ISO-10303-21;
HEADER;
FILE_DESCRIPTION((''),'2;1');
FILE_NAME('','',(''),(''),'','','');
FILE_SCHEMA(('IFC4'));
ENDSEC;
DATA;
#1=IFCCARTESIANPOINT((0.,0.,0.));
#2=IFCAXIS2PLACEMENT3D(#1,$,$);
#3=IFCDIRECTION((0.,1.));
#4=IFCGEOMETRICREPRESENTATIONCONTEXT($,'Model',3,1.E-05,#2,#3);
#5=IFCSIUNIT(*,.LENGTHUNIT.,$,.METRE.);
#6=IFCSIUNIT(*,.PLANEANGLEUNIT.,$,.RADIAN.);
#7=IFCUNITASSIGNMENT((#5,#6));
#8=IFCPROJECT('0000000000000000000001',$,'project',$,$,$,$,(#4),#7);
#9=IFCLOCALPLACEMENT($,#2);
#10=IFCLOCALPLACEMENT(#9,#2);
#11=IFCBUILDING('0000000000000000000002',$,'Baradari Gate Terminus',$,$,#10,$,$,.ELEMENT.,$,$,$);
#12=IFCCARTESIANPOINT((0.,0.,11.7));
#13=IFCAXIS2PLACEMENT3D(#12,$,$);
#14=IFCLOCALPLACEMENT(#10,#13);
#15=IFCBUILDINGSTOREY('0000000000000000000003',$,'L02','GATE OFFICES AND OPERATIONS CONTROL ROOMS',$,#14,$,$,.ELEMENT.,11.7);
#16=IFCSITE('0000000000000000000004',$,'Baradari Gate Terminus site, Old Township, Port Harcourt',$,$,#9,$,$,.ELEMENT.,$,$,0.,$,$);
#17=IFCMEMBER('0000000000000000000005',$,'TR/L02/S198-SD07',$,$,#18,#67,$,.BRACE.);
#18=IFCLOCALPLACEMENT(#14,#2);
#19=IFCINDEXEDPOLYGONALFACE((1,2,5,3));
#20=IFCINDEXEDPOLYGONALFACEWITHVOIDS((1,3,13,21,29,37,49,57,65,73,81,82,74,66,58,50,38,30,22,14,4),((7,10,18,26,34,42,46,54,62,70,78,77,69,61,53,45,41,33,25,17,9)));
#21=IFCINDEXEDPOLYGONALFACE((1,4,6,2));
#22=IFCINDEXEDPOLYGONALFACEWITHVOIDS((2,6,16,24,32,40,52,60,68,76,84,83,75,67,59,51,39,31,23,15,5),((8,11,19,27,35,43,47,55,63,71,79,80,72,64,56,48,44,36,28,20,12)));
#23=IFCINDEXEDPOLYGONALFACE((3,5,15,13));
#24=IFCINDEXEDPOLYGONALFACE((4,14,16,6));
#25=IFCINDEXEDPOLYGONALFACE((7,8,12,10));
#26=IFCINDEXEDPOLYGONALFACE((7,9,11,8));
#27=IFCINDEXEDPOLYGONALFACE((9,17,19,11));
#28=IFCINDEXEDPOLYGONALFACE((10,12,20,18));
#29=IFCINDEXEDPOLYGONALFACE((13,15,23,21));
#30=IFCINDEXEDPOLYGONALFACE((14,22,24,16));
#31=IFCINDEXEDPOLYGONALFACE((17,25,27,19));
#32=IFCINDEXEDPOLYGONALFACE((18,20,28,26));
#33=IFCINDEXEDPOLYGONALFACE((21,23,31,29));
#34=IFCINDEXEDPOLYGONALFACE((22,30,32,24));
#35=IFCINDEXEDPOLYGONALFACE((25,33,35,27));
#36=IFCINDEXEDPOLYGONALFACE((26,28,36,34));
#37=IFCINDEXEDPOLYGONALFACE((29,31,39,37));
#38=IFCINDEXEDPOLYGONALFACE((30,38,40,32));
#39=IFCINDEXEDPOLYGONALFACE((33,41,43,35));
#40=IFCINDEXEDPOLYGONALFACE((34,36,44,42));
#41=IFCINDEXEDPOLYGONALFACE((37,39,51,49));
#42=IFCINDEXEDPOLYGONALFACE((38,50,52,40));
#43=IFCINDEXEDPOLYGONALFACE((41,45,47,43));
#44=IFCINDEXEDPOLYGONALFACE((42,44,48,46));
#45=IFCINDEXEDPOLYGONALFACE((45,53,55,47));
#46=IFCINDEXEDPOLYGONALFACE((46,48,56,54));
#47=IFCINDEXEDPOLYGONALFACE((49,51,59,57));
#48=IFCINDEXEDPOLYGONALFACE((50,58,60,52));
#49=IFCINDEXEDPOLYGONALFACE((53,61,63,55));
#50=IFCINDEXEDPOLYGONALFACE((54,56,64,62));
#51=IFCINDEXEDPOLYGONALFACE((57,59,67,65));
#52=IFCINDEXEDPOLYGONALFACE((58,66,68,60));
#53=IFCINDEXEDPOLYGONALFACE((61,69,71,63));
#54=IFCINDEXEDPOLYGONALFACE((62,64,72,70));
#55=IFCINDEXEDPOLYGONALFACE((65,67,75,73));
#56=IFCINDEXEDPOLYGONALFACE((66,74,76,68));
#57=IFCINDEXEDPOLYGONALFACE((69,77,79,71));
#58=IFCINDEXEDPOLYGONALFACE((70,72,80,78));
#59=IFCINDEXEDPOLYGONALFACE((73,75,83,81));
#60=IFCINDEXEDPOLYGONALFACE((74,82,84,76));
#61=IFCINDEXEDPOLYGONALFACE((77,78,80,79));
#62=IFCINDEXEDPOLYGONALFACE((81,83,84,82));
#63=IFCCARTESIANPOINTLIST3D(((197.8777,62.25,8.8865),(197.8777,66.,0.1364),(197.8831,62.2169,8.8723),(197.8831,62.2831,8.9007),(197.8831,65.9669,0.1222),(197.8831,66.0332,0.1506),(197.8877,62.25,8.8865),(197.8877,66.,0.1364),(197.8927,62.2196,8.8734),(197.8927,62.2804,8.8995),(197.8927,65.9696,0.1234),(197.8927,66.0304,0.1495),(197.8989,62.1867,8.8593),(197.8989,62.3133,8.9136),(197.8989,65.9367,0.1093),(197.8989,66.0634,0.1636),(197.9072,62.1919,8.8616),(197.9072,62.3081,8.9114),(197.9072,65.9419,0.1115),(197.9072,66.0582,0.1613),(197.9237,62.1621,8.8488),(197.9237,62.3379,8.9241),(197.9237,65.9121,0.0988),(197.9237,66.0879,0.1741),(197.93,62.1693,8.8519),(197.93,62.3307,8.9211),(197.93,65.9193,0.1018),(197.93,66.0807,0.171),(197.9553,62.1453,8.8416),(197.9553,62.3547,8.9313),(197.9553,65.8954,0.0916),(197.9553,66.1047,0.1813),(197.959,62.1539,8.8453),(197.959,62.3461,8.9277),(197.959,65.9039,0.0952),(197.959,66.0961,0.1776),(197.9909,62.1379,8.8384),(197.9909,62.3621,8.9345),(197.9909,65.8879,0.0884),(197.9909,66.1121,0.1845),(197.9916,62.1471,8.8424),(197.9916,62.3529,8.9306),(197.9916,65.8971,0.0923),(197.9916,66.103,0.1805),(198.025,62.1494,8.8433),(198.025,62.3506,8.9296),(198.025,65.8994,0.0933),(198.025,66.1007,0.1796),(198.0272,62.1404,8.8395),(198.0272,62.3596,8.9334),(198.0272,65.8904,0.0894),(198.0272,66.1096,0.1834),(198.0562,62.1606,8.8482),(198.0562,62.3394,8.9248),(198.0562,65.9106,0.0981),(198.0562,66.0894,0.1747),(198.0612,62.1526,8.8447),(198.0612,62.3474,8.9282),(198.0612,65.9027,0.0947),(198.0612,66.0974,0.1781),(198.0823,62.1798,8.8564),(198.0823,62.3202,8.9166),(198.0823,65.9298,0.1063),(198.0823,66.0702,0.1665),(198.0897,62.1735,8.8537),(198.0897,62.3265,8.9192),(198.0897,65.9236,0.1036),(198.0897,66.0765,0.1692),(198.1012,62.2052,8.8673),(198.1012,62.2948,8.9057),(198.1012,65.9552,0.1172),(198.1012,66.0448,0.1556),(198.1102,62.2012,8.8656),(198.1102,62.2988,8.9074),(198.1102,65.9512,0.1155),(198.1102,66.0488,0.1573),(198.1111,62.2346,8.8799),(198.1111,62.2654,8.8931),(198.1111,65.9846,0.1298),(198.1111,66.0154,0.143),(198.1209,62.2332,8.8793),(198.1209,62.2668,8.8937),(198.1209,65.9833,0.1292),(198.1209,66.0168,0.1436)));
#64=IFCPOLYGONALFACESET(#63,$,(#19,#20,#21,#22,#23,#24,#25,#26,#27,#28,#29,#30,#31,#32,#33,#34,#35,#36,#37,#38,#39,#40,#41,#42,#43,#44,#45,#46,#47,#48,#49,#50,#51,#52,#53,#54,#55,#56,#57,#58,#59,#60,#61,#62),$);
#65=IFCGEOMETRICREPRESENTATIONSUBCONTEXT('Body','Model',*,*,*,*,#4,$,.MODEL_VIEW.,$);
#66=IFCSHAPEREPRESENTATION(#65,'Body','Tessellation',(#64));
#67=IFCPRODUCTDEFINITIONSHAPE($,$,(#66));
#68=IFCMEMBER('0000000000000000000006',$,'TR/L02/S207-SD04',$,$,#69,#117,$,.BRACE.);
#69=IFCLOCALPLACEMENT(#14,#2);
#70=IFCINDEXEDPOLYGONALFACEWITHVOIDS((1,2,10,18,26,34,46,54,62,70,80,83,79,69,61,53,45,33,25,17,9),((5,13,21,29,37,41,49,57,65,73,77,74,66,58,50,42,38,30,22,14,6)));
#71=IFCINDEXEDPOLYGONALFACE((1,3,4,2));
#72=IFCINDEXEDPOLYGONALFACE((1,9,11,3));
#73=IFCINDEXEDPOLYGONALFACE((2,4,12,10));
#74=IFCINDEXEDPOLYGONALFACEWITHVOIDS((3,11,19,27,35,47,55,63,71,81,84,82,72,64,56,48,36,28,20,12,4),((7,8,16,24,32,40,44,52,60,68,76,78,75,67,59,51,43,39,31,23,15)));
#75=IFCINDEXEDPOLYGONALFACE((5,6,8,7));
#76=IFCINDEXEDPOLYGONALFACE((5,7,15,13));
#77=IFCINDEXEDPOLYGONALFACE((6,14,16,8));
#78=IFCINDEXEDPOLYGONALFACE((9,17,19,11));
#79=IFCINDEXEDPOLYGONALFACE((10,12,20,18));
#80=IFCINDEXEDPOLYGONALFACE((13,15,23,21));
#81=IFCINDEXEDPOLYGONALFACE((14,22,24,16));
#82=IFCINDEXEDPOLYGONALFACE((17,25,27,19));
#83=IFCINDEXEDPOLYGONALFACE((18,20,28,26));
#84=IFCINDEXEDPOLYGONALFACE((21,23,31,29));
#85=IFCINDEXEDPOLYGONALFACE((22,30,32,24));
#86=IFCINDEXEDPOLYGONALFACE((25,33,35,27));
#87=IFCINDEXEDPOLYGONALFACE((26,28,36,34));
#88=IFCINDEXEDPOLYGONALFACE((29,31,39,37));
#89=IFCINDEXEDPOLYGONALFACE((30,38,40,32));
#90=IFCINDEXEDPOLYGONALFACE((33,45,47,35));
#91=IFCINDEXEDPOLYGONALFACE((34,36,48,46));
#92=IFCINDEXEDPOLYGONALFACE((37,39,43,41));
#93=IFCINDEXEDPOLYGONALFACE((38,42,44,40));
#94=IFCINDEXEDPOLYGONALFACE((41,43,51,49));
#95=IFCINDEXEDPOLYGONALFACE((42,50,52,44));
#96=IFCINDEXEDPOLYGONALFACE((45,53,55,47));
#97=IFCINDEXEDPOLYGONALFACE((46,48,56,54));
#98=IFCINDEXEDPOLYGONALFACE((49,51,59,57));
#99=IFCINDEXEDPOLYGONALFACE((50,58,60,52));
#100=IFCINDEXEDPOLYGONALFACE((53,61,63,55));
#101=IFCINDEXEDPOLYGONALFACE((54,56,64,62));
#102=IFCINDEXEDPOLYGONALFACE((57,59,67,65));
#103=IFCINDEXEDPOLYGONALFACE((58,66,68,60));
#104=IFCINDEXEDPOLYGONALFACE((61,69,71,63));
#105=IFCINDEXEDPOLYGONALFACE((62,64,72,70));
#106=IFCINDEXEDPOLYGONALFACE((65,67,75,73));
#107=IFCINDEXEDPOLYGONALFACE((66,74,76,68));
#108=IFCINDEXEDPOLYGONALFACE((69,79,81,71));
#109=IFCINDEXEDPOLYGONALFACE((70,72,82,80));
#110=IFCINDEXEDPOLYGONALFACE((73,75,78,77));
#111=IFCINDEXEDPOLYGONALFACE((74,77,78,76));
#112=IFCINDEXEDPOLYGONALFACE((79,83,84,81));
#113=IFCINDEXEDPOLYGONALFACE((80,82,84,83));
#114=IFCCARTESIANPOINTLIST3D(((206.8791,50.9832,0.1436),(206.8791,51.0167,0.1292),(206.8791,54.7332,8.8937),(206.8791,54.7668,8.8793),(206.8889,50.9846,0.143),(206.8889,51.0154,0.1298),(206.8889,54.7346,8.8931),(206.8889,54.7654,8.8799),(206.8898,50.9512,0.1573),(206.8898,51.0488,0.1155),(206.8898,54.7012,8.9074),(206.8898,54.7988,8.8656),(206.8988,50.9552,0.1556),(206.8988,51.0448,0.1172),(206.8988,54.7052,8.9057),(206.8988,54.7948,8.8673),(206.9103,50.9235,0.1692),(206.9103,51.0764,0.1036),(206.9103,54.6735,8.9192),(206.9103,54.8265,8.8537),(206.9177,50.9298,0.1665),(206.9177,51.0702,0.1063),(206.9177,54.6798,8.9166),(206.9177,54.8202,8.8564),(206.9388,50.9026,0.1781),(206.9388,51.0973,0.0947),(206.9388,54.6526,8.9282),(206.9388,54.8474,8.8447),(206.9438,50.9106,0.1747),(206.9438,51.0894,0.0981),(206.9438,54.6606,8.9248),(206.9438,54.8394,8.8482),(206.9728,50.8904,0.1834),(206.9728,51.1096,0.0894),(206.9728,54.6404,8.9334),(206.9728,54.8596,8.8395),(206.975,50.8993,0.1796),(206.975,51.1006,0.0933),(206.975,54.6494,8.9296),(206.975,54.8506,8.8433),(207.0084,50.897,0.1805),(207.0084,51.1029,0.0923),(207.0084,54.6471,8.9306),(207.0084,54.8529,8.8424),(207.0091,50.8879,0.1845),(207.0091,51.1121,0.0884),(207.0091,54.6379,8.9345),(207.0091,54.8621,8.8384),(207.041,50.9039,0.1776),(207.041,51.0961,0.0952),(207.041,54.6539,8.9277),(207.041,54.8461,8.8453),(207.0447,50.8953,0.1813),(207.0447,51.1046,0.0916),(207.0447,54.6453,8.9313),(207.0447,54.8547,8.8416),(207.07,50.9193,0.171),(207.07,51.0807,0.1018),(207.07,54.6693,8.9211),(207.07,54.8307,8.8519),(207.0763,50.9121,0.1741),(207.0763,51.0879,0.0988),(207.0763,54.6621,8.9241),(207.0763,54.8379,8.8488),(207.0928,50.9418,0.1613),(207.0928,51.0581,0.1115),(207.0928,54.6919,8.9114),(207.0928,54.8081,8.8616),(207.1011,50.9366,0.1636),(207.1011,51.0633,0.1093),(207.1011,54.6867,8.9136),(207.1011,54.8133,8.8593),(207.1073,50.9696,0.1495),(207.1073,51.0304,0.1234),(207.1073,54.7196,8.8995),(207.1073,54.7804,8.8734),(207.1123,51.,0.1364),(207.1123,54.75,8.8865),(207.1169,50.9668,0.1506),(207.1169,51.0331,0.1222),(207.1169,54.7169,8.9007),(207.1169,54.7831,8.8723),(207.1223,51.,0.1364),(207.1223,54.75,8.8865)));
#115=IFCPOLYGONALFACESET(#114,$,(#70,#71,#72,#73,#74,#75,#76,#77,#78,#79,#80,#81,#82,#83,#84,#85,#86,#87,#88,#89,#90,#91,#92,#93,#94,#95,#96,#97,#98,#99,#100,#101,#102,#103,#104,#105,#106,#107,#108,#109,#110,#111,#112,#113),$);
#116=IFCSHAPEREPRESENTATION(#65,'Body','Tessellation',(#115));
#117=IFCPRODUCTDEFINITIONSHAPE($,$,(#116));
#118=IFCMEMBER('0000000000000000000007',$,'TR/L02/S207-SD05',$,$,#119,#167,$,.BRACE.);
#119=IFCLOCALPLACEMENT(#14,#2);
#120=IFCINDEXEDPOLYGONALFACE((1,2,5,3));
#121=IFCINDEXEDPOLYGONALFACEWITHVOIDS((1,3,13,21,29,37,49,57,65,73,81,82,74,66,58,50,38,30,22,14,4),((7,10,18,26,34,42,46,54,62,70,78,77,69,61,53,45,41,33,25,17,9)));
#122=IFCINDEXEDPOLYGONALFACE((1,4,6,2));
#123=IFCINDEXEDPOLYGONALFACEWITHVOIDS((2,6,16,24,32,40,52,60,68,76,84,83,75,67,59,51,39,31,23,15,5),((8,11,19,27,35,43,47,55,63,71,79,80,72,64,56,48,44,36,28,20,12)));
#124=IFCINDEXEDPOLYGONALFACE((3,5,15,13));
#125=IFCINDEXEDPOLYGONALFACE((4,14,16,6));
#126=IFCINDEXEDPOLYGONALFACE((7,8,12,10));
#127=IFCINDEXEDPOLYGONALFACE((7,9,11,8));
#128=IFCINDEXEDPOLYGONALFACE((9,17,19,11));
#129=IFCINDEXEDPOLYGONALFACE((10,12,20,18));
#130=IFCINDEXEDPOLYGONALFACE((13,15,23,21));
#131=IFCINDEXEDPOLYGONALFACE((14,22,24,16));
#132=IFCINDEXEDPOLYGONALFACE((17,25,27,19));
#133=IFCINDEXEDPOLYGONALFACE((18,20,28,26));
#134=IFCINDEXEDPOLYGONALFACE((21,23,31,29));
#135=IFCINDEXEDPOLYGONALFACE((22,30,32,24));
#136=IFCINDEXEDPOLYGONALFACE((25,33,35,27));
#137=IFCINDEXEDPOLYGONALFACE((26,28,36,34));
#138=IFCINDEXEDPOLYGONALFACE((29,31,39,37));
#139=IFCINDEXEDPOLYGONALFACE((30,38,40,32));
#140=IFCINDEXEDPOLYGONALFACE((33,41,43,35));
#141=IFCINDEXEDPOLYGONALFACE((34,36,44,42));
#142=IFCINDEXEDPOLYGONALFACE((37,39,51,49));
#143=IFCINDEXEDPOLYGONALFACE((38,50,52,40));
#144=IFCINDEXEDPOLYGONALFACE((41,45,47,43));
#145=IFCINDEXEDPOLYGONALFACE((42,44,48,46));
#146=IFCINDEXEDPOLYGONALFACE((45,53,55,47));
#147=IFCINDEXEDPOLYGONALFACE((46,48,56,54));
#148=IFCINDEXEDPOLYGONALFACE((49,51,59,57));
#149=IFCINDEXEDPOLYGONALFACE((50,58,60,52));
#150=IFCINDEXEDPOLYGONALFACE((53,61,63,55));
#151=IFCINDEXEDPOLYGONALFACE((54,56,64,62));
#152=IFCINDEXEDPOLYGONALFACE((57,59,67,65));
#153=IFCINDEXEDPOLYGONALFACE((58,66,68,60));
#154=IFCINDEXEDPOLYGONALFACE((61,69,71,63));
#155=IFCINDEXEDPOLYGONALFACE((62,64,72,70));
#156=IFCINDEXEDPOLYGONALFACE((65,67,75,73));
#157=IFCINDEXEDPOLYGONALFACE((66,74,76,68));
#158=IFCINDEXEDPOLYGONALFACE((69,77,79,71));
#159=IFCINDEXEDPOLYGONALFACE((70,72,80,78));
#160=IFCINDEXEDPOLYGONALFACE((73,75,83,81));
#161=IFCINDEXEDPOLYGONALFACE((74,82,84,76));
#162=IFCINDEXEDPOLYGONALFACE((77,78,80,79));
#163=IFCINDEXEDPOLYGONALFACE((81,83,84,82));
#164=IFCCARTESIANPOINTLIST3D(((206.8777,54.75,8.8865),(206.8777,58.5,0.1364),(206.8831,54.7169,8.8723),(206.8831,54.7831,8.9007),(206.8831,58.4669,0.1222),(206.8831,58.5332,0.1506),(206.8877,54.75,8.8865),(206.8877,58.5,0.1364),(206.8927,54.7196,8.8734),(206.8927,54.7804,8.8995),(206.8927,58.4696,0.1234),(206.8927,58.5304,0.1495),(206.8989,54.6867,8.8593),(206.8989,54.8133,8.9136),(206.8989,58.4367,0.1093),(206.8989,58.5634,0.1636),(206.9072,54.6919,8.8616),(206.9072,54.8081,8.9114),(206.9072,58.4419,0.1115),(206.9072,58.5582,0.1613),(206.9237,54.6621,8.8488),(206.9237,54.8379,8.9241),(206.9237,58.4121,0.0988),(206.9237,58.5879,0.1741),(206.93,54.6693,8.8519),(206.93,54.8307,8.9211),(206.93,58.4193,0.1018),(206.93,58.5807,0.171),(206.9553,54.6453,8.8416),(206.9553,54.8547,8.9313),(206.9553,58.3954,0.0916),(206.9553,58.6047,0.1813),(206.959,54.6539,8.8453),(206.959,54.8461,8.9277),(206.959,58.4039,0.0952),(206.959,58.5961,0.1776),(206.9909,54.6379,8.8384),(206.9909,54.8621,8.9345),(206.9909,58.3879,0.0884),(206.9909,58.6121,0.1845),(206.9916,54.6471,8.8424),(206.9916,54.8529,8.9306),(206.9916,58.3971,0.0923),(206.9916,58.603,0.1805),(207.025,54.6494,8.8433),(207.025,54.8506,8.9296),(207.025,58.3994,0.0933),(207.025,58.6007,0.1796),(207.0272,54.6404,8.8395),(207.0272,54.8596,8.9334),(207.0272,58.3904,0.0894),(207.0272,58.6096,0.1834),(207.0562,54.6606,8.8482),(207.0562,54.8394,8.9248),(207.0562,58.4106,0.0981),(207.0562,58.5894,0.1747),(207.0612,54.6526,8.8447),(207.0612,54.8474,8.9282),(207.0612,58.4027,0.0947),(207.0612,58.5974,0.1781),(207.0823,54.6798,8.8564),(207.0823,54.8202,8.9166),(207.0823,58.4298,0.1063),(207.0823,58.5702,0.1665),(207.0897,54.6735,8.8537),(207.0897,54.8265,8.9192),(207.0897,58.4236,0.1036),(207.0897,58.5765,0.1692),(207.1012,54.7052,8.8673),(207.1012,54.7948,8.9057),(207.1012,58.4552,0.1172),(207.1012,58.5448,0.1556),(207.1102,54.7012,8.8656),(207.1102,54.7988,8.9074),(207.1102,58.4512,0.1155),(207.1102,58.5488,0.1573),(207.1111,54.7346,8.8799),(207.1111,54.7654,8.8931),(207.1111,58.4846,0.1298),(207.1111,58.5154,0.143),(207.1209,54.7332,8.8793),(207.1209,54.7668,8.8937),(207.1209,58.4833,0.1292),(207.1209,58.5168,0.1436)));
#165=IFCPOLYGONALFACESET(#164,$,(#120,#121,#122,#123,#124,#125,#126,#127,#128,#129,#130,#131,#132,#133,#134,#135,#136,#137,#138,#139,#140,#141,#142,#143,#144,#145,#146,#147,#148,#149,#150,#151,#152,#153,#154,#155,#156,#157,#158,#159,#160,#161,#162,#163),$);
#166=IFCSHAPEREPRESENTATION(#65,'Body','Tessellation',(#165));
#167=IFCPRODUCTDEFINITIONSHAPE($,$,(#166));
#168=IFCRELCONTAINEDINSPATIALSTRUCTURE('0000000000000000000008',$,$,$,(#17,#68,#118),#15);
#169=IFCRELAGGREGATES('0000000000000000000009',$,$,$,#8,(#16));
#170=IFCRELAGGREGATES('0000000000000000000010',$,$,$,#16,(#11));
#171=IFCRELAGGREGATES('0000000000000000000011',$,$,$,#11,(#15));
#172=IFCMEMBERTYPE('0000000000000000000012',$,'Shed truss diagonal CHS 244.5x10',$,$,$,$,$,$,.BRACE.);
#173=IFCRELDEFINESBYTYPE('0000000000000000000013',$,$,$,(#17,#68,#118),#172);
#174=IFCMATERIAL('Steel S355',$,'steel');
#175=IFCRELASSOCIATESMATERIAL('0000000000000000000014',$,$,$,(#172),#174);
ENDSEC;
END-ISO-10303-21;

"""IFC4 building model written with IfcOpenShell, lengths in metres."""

from ifc_helpers import new_model, si_unit, direction, frame, origin, origin_2d, place, context, subcontext, project, spatial, hollow_circle, extrude, material, material_profile, profile_set, type_object, element, save


model = new_model("IFC4")

# Units and contexts
model_context = context("Model", 3, precision=1e-05, world=origin(), true_north=direction((0.0, 1.0)))
body_context = subcontext(model_context, "Body", "Model", "MODEL_VIEW")
ifc_project = project(units=[si_unit("LENGTHUNIT", "METRE"), si_unit("PLANEANGLEUNIT", "RADIAN")], contexts=[model_context])

# Site, building, storey
site_placement = place(None, origin())
site = spatial("IfcSite", under=ifc_project, at=site_placement, Name="Baradari Gate Terminus site, Old Township, Port Harcourt", CompositionType="ELEMENT", RefElevation=0.0)
building_placement = place(site_placement, origin())
building = spatial("IfcBuilding", under=site, at=building_placement, Name="Baradari Gate Terminus", CompositionType="ELEMENT")
storey_placement = place(building_placement, frame((0.0, 0.0, 11.7)))
storey = spatial("IfcBuildingStorey", under=building, at=storey_placement, Name="L02", Description="GATE OFFICES AND OPERATIONS CONTROL ROOMS", CompositionType="ELEMENT", Elevation=11.7)

# Members
ifc_material_1 = material(Name="Steel S355", Category="steel")
ifc_material_profile_1 = material_profile(ifc_material_1, hollow_circle(Radius=0.1223, WallThickness=0.01, at=origin_2d()), Name="CHS 244.5x10")
ifc_profile_set_1 = profile_set([ifc_material_profile_1], Name="Steel S355")
member_type_1 = type_object("IfcMemberType", Name="Shed truss diagonal CHS 244.5x10", PredefinedType="BRACE", material=ifc_profile_set_1)
for number, where, z_axis, x_axis, name in (
    (1, (198.0, 62.25, 8.8865), (0.0, 0.393919, -0.919145), (-1.0, 0.0, 0.0), "TR/L02/S198-SD07"),
    (2, (207.0, 54.75, 8.8865), (0.0, -0.393919, -0.919145), (1.0, 0.0, 0.0), "TR/L02/S207-SD04"),
    (3, (207.0, 54.75, 8.8865), (0.0, 0.393919, -0.919145), (-1.0, 0.0, 0.0), "TR/L02/S207-SD05"),
):
    element("IfcMember", number, at=place(storey_placement, frame(where, z_axis=z_axis, x_axis=x_axis)), inside=storey, type_object=member_type_1, Name=name, PredefinedType="BRACE", context=body_context, shape_type="SweptSolid", body=[
        extrude(hollow_circle(Radius=0.1223, WallThickness=0.01, at=origin_2d()), origin(), (0.0, 0.0, 1.0), 9.5198),
    ])

save(model, "model.ifc")
